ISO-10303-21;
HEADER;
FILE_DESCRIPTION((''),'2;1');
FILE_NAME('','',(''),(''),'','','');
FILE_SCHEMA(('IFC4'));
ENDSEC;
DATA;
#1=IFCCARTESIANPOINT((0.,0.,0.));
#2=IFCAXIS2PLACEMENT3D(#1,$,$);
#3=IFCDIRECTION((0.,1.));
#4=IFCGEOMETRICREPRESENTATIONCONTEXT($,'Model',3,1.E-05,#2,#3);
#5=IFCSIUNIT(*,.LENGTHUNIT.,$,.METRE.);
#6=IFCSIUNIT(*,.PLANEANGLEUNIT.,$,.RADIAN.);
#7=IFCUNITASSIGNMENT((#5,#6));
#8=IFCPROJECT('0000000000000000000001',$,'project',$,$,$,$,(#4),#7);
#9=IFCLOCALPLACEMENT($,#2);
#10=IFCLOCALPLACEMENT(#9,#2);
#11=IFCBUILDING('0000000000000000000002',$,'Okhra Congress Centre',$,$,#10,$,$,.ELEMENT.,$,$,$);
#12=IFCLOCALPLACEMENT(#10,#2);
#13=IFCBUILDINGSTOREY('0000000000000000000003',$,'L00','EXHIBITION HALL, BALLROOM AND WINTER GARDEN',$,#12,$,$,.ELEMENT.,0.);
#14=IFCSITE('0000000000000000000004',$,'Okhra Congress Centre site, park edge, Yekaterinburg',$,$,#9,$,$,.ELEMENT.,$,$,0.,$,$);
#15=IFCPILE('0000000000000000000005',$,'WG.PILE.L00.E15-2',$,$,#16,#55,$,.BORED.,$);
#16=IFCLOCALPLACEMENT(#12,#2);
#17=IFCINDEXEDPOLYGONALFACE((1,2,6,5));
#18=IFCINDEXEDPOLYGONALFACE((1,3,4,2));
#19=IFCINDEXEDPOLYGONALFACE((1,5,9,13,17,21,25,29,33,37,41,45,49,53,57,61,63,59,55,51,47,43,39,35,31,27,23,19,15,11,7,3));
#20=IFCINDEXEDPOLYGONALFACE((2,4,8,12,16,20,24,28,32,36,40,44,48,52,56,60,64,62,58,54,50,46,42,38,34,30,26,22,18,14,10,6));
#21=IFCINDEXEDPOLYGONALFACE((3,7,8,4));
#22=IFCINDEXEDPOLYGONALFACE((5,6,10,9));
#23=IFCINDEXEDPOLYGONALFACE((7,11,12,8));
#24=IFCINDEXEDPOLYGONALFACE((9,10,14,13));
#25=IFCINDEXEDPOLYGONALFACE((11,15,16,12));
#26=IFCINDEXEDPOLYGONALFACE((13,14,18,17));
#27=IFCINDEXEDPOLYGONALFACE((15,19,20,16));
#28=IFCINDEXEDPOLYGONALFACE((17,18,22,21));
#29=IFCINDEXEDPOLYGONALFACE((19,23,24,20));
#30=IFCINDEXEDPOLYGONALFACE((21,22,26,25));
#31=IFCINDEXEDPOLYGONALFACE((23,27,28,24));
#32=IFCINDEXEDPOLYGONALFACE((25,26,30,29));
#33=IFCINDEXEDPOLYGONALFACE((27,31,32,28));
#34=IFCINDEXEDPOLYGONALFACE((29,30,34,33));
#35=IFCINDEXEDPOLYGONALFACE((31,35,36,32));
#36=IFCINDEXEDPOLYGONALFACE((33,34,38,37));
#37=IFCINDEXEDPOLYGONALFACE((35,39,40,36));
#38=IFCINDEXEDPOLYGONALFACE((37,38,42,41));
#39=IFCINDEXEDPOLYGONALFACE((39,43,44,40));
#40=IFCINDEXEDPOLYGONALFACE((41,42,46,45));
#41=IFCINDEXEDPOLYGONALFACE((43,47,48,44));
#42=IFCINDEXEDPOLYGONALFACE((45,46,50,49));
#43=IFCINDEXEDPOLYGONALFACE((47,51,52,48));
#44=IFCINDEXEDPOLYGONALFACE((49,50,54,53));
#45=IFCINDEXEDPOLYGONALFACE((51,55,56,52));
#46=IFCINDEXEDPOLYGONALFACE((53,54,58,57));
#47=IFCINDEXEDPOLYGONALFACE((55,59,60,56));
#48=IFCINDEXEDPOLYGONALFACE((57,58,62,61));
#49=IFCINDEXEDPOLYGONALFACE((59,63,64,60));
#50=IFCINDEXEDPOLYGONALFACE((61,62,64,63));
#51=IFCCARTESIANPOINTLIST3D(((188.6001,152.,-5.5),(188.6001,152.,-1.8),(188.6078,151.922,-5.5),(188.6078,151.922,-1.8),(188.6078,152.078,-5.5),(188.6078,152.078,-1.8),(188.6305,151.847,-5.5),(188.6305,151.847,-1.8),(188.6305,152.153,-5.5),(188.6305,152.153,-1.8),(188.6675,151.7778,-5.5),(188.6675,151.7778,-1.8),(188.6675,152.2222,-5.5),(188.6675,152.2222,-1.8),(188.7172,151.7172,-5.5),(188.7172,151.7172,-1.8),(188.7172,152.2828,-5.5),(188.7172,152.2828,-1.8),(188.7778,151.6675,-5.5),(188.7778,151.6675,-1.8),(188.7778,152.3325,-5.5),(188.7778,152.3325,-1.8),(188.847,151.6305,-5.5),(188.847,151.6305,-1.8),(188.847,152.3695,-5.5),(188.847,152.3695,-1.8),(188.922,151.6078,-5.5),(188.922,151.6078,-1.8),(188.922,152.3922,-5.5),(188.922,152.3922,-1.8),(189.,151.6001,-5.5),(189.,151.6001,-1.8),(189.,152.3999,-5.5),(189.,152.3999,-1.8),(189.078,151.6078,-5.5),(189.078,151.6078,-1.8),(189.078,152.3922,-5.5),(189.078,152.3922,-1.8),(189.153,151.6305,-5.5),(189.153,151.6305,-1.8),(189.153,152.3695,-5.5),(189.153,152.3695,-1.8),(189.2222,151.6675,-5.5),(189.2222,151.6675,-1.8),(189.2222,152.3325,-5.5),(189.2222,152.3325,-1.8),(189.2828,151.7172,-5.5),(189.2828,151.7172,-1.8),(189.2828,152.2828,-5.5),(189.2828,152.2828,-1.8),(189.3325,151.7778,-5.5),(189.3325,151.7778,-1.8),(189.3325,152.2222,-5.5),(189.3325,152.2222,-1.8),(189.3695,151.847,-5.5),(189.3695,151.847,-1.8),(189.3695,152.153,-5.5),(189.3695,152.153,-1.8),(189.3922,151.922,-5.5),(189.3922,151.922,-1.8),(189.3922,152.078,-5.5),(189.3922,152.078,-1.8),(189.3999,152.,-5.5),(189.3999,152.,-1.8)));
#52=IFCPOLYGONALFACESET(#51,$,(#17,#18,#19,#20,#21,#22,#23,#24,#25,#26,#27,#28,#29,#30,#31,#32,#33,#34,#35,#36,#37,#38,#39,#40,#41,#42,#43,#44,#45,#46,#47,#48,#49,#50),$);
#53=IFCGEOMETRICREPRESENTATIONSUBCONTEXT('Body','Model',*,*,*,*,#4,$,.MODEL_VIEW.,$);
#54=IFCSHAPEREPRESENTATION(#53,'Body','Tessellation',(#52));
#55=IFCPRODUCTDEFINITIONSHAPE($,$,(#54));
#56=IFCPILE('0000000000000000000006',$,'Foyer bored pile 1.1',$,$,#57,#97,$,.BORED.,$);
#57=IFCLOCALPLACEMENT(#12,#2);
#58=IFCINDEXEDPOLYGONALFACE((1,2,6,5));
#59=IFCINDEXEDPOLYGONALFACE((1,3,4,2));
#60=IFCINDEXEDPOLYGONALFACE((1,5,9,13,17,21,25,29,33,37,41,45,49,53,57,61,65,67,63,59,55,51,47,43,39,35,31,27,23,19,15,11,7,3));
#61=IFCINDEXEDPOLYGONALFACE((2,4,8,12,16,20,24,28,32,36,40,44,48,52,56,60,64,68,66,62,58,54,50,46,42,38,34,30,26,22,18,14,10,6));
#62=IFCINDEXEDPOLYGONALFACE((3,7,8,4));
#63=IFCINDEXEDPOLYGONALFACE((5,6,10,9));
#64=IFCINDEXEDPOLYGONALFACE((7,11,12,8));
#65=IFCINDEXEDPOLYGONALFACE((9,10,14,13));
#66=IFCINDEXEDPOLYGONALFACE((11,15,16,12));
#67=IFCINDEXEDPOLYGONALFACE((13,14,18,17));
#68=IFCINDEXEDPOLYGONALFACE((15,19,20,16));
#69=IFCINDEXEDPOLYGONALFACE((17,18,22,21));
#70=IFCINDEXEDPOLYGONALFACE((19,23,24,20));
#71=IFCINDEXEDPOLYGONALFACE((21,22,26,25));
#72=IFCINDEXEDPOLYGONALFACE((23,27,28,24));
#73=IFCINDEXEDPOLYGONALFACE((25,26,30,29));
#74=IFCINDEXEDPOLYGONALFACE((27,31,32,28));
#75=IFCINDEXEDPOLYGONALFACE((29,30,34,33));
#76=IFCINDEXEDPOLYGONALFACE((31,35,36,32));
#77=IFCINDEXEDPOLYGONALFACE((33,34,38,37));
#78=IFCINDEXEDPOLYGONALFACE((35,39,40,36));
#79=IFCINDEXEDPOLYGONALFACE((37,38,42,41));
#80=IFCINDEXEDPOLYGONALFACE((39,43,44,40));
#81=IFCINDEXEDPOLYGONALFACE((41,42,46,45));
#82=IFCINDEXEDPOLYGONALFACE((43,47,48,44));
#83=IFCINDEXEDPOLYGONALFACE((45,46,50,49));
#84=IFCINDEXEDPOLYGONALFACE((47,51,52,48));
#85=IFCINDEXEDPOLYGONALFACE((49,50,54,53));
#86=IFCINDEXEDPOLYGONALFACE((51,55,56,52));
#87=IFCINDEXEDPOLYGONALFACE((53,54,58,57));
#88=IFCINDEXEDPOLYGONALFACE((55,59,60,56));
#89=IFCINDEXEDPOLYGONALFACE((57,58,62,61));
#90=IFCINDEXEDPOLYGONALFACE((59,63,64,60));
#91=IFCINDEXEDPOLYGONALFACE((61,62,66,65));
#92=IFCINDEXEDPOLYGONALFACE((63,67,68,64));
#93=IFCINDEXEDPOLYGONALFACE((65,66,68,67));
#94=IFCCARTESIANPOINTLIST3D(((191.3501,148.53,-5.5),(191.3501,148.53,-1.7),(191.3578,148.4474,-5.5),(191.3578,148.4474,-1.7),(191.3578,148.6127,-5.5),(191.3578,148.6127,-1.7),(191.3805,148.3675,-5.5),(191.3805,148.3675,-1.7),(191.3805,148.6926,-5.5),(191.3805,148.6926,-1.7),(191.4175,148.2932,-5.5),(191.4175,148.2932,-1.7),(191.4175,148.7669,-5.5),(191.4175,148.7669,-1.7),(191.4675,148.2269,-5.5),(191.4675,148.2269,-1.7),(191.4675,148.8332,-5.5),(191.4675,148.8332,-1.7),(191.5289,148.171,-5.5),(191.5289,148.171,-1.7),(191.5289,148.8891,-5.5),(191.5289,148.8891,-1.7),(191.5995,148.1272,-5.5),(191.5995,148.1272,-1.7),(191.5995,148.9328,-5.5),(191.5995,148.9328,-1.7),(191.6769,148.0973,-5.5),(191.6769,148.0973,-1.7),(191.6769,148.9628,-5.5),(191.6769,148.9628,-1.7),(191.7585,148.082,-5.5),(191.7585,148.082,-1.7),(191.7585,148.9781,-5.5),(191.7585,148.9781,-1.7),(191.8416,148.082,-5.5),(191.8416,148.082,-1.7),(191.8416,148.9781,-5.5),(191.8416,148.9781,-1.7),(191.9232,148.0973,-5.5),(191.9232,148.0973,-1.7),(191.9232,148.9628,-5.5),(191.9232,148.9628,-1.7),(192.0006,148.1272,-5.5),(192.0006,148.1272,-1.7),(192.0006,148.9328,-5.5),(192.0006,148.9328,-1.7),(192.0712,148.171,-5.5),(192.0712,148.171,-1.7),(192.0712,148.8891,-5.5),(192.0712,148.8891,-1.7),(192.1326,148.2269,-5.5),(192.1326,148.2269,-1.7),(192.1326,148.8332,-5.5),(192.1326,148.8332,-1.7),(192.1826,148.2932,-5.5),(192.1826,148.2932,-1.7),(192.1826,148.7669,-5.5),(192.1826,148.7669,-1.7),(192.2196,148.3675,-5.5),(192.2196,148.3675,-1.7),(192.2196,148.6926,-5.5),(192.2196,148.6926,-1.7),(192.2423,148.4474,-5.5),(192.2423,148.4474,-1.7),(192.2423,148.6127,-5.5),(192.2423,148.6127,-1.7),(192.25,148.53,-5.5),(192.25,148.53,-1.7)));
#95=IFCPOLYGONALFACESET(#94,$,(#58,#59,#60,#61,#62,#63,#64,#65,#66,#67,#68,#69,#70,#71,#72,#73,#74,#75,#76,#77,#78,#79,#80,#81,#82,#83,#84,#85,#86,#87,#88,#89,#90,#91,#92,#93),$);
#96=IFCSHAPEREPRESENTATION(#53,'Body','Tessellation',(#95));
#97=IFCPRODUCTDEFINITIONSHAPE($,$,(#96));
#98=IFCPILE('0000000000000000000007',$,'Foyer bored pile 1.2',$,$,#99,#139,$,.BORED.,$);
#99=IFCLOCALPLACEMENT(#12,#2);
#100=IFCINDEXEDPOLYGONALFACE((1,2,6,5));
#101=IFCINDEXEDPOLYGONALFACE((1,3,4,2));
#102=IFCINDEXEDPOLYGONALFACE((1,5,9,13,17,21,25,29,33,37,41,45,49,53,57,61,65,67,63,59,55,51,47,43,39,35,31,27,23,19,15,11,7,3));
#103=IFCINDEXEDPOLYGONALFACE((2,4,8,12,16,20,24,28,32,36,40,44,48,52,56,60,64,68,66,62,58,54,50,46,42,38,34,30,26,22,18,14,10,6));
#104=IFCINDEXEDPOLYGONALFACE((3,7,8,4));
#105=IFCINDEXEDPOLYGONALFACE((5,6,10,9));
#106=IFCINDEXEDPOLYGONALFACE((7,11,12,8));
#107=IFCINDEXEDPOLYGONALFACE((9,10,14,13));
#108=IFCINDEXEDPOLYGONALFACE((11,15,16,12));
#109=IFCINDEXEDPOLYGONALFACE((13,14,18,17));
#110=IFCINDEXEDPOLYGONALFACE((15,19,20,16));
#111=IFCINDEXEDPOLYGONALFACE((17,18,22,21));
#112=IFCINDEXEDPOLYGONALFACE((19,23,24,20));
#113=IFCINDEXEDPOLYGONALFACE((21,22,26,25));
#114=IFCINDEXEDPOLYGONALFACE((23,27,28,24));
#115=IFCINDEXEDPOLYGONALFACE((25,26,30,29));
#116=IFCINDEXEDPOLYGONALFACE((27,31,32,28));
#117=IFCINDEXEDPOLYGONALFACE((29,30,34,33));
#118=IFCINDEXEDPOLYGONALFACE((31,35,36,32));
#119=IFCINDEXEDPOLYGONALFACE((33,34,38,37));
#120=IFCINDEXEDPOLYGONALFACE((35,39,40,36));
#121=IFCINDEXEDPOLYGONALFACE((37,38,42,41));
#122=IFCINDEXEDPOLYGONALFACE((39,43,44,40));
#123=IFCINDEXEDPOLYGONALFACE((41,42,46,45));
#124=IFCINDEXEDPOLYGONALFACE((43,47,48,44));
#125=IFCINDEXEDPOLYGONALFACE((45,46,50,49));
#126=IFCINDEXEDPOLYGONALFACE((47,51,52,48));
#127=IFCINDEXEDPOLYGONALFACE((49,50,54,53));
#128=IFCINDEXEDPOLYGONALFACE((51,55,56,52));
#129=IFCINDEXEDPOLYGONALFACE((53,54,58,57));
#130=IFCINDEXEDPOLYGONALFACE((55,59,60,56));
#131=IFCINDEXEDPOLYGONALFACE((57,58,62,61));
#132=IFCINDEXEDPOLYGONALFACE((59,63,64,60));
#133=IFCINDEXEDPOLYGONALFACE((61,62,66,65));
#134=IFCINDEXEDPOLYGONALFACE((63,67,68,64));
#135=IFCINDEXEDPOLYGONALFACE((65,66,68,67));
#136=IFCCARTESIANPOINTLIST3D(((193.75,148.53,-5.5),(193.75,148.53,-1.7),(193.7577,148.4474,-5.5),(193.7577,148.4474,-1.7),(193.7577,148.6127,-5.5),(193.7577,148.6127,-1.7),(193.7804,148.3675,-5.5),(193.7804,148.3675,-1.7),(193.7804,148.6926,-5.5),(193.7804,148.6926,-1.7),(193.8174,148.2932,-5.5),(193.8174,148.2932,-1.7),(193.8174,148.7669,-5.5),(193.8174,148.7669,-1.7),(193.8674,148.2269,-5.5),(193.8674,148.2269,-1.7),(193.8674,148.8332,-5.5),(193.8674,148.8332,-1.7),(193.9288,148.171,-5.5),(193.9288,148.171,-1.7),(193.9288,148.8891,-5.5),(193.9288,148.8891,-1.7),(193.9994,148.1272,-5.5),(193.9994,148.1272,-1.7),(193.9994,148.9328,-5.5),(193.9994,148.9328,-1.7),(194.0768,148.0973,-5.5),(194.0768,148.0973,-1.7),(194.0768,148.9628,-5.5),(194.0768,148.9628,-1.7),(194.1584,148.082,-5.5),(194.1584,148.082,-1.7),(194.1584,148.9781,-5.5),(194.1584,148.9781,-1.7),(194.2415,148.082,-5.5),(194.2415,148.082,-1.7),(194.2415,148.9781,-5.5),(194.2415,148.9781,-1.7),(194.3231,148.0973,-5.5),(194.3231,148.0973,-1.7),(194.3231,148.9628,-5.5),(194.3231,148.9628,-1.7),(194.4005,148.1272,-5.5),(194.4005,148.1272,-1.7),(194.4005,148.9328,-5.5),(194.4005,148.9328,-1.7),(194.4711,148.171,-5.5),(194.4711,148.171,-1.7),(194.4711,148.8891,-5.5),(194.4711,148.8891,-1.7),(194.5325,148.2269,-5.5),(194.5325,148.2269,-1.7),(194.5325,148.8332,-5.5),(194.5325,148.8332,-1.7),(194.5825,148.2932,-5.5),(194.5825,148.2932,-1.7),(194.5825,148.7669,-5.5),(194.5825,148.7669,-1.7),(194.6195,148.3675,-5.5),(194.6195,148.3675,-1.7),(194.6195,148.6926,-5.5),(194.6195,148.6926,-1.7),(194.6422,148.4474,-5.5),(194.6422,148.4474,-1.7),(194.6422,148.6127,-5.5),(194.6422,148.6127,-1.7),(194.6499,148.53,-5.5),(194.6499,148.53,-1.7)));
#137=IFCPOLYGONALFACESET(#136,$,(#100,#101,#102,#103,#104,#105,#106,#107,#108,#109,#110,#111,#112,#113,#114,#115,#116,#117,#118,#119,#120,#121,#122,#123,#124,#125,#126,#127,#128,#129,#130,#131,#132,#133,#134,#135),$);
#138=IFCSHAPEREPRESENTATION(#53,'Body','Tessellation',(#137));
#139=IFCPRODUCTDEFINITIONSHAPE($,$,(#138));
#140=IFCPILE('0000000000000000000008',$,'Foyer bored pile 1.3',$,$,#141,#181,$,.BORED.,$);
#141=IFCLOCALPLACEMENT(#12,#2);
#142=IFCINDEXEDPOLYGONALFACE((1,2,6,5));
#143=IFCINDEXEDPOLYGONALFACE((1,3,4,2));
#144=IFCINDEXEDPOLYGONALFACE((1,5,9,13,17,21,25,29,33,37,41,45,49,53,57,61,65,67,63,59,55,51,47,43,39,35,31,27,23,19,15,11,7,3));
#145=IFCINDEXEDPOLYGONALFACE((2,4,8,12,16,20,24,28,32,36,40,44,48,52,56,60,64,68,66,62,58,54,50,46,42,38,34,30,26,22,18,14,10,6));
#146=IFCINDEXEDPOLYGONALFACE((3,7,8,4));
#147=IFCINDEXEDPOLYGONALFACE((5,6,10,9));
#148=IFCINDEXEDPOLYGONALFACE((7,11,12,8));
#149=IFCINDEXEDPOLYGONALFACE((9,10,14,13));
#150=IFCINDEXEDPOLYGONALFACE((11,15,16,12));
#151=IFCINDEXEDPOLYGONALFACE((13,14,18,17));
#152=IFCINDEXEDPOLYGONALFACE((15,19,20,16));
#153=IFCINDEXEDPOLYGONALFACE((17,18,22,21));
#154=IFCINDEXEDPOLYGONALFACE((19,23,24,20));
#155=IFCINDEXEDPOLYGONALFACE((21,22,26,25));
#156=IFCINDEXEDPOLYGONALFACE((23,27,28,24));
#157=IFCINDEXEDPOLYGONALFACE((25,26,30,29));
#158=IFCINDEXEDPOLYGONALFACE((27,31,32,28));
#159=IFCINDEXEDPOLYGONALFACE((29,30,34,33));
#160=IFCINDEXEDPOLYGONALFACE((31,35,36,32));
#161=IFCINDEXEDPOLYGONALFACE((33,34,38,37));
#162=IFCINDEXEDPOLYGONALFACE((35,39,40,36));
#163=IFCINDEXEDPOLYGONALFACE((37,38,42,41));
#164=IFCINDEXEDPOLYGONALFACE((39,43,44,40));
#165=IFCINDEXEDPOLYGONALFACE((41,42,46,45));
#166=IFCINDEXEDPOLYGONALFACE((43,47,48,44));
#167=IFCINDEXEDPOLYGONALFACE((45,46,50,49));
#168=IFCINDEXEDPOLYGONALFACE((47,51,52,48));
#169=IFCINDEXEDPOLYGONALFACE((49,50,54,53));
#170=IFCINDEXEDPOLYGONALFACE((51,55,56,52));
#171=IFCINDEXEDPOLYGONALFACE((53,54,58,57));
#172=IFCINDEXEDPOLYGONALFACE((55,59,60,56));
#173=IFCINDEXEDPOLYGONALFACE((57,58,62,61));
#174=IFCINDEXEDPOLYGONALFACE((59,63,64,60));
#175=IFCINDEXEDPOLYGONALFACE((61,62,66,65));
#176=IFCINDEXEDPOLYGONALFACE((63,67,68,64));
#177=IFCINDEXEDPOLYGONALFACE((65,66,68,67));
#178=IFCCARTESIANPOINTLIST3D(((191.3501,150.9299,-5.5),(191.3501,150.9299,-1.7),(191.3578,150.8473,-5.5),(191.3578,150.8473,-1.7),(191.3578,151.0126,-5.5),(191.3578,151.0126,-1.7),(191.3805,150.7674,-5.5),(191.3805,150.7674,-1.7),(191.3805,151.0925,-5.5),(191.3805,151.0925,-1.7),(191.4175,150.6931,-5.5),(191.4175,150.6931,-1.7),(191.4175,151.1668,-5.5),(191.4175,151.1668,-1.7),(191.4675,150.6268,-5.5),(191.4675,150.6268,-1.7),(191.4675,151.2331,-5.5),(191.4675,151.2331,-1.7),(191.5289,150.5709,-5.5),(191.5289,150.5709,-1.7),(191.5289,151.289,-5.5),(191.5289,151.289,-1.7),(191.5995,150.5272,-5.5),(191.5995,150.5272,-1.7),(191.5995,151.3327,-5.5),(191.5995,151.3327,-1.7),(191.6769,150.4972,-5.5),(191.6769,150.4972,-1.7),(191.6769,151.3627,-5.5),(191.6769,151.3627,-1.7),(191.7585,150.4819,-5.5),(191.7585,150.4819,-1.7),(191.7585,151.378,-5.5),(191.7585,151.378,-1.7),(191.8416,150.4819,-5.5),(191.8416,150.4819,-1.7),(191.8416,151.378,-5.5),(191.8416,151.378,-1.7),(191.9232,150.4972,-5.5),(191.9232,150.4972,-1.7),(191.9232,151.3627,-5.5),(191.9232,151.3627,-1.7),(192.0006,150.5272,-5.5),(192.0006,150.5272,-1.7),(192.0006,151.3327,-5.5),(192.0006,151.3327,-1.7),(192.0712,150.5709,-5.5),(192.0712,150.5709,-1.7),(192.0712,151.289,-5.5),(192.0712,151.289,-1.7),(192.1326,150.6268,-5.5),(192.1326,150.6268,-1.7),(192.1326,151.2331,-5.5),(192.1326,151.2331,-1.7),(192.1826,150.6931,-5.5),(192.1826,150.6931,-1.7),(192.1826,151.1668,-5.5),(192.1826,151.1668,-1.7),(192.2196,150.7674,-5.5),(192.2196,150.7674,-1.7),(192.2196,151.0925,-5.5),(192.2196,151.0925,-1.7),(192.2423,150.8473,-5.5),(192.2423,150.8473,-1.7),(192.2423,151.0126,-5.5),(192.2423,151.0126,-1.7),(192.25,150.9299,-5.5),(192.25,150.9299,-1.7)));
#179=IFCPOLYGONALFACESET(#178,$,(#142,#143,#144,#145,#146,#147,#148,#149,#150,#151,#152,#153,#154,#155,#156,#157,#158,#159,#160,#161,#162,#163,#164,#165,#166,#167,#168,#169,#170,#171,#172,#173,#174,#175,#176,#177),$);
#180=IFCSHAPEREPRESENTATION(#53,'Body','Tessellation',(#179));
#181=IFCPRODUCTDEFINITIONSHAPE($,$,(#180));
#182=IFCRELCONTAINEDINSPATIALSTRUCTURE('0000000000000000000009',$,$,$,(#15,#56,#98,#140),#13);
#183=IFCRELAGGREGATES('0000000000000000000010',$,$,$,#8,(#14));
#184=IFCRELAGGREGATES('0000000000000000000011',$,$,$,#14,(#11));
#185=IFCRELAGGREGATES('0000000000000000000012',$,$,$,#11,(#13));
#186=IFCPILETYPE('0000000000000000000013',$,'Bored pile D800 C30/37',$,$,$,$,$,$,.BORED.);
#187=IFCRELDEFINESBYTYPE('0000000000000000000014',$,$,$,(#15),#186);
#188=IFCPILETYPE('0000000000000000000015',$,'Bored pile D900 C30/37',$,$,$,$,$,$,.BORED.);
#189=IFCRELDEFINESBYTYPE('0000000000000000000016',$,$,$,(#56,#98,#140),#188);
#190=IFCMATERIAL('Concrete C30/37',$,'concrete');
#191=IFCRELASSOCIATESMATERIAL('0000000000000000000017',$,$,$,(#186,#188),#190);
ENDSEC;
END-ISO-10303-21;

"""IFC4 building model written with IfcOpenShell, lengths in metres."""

from ifc_helpers import new_model, si_unit, direction, frame, origin, origin_2d, place, context, subcontext, project, spatial, circle, extrude, material, material_profile, profile_set, type_object, element, save


model = new_model("IFC4")

# Units and contexts
model_context = context("Model", 3, precision=1e-05, world=origin(), true_north=direction((0.0, 1.0)))
body_context = subcontext(model_context, "Body", "Model", "MODEL_VIEW")
ifc_project = project(units=[si_unit("LENGTHUNIT", "METRE"), si_unit("PLANEANGLEUNIT", "RADIAN")], contexts=[model_context])

# Site, building, storey
site_placement = place(None, origin())
site = spatial("IfcSite", under=ifc_project, at=site_placement, Name="Okhra Congress Centre site, park edge, Yekaterinburg", CompositionType="ELEMENT", RefElevation=0.0)
building_placement = place(site_placement, origin())
building = spatial("IfcBuilding", under=site, at=building_placement, Name="Okhra Congress Centre", CompositionType="ELEMENT")
storey_placement = place(building_placement, origin())
storey = spatial("IfcBuildingStorey", under=building, at=storey_placement, Name="L00", Description="EXHIBITION HALL, BALLROOM AND WINTER GARDEN", CompositionType="ELEMENT", Elevation=0.0)

# Piles
ifc_material_1 = material(Name="Concrete C30/37", Category="concrete")
ifc_material_profile_1 = material_profile(ifc_material_1, circle(Radius=0.3999, at=origin_2d()), Name="D800")
ifc_profile_set_1 = profile_set([ifc_material_profile_1], Name="Concrete C30/37")
pile_type_1 = type_object("IfcPileType", Name="Bored pile D800 C30/37", PredefinedType="BORED", material=ifc_profile_set_1)
pile_placement = place(storey_placement, frame((189.0, 152.0, -1.8), z_axis=(0.0, 0.0, -1.0), x_axis=(1.0, 0.0, 0.0)))
element("IfcPile", 1, at=pile_placement, inside=storey, type_object=pile_type_1, Name="WG.PILE.L00.E15-2", PredefinedType="BORED", context=body_context, shape_type="SweptSolid", body=[
    extrude(circle(Radius=0.3999, at=origin_2d()), origin(), (0.0, 0.0, 1.0), 3.7),
])
ifc_material_profile_2 = material_profile(ifc_material_1, circle(Radius=0.45, at=origin_2d()), Name="D900")
ifc_profile_set_2 = profile_set([ifc_material_profile_2], Name="Concrete C30/37")
pile_type_2 = type_object("IfcPileType", Name="Bored pile D900 C30/37", PredefinedType="BORED", material=ifc_profile_set_2)
for number, where, z_axis, x_axis, name in (
    (2, (191.8, 148.53, -1.7), (0.0, 0.0, -1.0), (1.0, 0.0, 0.0), "Foyer bored pile 1.1"),
    (3, (194.2, 148.53, -1.7), (0.0, 0.0, -1.0), (1.0, 0.0, 0.0), "Foyer bored pile 1.2"),
    (4, (191.8, 150.9299, -1.7), (0.0, 0.0, -1.0), (1.0, 0.0, 0.0), "Foyer bored pile 1.3"),
):
    element("IfcPile", number, at=place(storey_placement, frame(where, z_axis=z_axis, x_axis=x_axis)), inside=storey, type_object=pile_type_2, Name=name, PredefinedType="BORED", context=body_context, shape_type="SweptSolid", body=[
        extrude(circle(Radius=0.45, at=origin_2d()), origin(), (0.0, 0.0, 1.0), 3.8),
    ])

save(model, "model.ifc")
